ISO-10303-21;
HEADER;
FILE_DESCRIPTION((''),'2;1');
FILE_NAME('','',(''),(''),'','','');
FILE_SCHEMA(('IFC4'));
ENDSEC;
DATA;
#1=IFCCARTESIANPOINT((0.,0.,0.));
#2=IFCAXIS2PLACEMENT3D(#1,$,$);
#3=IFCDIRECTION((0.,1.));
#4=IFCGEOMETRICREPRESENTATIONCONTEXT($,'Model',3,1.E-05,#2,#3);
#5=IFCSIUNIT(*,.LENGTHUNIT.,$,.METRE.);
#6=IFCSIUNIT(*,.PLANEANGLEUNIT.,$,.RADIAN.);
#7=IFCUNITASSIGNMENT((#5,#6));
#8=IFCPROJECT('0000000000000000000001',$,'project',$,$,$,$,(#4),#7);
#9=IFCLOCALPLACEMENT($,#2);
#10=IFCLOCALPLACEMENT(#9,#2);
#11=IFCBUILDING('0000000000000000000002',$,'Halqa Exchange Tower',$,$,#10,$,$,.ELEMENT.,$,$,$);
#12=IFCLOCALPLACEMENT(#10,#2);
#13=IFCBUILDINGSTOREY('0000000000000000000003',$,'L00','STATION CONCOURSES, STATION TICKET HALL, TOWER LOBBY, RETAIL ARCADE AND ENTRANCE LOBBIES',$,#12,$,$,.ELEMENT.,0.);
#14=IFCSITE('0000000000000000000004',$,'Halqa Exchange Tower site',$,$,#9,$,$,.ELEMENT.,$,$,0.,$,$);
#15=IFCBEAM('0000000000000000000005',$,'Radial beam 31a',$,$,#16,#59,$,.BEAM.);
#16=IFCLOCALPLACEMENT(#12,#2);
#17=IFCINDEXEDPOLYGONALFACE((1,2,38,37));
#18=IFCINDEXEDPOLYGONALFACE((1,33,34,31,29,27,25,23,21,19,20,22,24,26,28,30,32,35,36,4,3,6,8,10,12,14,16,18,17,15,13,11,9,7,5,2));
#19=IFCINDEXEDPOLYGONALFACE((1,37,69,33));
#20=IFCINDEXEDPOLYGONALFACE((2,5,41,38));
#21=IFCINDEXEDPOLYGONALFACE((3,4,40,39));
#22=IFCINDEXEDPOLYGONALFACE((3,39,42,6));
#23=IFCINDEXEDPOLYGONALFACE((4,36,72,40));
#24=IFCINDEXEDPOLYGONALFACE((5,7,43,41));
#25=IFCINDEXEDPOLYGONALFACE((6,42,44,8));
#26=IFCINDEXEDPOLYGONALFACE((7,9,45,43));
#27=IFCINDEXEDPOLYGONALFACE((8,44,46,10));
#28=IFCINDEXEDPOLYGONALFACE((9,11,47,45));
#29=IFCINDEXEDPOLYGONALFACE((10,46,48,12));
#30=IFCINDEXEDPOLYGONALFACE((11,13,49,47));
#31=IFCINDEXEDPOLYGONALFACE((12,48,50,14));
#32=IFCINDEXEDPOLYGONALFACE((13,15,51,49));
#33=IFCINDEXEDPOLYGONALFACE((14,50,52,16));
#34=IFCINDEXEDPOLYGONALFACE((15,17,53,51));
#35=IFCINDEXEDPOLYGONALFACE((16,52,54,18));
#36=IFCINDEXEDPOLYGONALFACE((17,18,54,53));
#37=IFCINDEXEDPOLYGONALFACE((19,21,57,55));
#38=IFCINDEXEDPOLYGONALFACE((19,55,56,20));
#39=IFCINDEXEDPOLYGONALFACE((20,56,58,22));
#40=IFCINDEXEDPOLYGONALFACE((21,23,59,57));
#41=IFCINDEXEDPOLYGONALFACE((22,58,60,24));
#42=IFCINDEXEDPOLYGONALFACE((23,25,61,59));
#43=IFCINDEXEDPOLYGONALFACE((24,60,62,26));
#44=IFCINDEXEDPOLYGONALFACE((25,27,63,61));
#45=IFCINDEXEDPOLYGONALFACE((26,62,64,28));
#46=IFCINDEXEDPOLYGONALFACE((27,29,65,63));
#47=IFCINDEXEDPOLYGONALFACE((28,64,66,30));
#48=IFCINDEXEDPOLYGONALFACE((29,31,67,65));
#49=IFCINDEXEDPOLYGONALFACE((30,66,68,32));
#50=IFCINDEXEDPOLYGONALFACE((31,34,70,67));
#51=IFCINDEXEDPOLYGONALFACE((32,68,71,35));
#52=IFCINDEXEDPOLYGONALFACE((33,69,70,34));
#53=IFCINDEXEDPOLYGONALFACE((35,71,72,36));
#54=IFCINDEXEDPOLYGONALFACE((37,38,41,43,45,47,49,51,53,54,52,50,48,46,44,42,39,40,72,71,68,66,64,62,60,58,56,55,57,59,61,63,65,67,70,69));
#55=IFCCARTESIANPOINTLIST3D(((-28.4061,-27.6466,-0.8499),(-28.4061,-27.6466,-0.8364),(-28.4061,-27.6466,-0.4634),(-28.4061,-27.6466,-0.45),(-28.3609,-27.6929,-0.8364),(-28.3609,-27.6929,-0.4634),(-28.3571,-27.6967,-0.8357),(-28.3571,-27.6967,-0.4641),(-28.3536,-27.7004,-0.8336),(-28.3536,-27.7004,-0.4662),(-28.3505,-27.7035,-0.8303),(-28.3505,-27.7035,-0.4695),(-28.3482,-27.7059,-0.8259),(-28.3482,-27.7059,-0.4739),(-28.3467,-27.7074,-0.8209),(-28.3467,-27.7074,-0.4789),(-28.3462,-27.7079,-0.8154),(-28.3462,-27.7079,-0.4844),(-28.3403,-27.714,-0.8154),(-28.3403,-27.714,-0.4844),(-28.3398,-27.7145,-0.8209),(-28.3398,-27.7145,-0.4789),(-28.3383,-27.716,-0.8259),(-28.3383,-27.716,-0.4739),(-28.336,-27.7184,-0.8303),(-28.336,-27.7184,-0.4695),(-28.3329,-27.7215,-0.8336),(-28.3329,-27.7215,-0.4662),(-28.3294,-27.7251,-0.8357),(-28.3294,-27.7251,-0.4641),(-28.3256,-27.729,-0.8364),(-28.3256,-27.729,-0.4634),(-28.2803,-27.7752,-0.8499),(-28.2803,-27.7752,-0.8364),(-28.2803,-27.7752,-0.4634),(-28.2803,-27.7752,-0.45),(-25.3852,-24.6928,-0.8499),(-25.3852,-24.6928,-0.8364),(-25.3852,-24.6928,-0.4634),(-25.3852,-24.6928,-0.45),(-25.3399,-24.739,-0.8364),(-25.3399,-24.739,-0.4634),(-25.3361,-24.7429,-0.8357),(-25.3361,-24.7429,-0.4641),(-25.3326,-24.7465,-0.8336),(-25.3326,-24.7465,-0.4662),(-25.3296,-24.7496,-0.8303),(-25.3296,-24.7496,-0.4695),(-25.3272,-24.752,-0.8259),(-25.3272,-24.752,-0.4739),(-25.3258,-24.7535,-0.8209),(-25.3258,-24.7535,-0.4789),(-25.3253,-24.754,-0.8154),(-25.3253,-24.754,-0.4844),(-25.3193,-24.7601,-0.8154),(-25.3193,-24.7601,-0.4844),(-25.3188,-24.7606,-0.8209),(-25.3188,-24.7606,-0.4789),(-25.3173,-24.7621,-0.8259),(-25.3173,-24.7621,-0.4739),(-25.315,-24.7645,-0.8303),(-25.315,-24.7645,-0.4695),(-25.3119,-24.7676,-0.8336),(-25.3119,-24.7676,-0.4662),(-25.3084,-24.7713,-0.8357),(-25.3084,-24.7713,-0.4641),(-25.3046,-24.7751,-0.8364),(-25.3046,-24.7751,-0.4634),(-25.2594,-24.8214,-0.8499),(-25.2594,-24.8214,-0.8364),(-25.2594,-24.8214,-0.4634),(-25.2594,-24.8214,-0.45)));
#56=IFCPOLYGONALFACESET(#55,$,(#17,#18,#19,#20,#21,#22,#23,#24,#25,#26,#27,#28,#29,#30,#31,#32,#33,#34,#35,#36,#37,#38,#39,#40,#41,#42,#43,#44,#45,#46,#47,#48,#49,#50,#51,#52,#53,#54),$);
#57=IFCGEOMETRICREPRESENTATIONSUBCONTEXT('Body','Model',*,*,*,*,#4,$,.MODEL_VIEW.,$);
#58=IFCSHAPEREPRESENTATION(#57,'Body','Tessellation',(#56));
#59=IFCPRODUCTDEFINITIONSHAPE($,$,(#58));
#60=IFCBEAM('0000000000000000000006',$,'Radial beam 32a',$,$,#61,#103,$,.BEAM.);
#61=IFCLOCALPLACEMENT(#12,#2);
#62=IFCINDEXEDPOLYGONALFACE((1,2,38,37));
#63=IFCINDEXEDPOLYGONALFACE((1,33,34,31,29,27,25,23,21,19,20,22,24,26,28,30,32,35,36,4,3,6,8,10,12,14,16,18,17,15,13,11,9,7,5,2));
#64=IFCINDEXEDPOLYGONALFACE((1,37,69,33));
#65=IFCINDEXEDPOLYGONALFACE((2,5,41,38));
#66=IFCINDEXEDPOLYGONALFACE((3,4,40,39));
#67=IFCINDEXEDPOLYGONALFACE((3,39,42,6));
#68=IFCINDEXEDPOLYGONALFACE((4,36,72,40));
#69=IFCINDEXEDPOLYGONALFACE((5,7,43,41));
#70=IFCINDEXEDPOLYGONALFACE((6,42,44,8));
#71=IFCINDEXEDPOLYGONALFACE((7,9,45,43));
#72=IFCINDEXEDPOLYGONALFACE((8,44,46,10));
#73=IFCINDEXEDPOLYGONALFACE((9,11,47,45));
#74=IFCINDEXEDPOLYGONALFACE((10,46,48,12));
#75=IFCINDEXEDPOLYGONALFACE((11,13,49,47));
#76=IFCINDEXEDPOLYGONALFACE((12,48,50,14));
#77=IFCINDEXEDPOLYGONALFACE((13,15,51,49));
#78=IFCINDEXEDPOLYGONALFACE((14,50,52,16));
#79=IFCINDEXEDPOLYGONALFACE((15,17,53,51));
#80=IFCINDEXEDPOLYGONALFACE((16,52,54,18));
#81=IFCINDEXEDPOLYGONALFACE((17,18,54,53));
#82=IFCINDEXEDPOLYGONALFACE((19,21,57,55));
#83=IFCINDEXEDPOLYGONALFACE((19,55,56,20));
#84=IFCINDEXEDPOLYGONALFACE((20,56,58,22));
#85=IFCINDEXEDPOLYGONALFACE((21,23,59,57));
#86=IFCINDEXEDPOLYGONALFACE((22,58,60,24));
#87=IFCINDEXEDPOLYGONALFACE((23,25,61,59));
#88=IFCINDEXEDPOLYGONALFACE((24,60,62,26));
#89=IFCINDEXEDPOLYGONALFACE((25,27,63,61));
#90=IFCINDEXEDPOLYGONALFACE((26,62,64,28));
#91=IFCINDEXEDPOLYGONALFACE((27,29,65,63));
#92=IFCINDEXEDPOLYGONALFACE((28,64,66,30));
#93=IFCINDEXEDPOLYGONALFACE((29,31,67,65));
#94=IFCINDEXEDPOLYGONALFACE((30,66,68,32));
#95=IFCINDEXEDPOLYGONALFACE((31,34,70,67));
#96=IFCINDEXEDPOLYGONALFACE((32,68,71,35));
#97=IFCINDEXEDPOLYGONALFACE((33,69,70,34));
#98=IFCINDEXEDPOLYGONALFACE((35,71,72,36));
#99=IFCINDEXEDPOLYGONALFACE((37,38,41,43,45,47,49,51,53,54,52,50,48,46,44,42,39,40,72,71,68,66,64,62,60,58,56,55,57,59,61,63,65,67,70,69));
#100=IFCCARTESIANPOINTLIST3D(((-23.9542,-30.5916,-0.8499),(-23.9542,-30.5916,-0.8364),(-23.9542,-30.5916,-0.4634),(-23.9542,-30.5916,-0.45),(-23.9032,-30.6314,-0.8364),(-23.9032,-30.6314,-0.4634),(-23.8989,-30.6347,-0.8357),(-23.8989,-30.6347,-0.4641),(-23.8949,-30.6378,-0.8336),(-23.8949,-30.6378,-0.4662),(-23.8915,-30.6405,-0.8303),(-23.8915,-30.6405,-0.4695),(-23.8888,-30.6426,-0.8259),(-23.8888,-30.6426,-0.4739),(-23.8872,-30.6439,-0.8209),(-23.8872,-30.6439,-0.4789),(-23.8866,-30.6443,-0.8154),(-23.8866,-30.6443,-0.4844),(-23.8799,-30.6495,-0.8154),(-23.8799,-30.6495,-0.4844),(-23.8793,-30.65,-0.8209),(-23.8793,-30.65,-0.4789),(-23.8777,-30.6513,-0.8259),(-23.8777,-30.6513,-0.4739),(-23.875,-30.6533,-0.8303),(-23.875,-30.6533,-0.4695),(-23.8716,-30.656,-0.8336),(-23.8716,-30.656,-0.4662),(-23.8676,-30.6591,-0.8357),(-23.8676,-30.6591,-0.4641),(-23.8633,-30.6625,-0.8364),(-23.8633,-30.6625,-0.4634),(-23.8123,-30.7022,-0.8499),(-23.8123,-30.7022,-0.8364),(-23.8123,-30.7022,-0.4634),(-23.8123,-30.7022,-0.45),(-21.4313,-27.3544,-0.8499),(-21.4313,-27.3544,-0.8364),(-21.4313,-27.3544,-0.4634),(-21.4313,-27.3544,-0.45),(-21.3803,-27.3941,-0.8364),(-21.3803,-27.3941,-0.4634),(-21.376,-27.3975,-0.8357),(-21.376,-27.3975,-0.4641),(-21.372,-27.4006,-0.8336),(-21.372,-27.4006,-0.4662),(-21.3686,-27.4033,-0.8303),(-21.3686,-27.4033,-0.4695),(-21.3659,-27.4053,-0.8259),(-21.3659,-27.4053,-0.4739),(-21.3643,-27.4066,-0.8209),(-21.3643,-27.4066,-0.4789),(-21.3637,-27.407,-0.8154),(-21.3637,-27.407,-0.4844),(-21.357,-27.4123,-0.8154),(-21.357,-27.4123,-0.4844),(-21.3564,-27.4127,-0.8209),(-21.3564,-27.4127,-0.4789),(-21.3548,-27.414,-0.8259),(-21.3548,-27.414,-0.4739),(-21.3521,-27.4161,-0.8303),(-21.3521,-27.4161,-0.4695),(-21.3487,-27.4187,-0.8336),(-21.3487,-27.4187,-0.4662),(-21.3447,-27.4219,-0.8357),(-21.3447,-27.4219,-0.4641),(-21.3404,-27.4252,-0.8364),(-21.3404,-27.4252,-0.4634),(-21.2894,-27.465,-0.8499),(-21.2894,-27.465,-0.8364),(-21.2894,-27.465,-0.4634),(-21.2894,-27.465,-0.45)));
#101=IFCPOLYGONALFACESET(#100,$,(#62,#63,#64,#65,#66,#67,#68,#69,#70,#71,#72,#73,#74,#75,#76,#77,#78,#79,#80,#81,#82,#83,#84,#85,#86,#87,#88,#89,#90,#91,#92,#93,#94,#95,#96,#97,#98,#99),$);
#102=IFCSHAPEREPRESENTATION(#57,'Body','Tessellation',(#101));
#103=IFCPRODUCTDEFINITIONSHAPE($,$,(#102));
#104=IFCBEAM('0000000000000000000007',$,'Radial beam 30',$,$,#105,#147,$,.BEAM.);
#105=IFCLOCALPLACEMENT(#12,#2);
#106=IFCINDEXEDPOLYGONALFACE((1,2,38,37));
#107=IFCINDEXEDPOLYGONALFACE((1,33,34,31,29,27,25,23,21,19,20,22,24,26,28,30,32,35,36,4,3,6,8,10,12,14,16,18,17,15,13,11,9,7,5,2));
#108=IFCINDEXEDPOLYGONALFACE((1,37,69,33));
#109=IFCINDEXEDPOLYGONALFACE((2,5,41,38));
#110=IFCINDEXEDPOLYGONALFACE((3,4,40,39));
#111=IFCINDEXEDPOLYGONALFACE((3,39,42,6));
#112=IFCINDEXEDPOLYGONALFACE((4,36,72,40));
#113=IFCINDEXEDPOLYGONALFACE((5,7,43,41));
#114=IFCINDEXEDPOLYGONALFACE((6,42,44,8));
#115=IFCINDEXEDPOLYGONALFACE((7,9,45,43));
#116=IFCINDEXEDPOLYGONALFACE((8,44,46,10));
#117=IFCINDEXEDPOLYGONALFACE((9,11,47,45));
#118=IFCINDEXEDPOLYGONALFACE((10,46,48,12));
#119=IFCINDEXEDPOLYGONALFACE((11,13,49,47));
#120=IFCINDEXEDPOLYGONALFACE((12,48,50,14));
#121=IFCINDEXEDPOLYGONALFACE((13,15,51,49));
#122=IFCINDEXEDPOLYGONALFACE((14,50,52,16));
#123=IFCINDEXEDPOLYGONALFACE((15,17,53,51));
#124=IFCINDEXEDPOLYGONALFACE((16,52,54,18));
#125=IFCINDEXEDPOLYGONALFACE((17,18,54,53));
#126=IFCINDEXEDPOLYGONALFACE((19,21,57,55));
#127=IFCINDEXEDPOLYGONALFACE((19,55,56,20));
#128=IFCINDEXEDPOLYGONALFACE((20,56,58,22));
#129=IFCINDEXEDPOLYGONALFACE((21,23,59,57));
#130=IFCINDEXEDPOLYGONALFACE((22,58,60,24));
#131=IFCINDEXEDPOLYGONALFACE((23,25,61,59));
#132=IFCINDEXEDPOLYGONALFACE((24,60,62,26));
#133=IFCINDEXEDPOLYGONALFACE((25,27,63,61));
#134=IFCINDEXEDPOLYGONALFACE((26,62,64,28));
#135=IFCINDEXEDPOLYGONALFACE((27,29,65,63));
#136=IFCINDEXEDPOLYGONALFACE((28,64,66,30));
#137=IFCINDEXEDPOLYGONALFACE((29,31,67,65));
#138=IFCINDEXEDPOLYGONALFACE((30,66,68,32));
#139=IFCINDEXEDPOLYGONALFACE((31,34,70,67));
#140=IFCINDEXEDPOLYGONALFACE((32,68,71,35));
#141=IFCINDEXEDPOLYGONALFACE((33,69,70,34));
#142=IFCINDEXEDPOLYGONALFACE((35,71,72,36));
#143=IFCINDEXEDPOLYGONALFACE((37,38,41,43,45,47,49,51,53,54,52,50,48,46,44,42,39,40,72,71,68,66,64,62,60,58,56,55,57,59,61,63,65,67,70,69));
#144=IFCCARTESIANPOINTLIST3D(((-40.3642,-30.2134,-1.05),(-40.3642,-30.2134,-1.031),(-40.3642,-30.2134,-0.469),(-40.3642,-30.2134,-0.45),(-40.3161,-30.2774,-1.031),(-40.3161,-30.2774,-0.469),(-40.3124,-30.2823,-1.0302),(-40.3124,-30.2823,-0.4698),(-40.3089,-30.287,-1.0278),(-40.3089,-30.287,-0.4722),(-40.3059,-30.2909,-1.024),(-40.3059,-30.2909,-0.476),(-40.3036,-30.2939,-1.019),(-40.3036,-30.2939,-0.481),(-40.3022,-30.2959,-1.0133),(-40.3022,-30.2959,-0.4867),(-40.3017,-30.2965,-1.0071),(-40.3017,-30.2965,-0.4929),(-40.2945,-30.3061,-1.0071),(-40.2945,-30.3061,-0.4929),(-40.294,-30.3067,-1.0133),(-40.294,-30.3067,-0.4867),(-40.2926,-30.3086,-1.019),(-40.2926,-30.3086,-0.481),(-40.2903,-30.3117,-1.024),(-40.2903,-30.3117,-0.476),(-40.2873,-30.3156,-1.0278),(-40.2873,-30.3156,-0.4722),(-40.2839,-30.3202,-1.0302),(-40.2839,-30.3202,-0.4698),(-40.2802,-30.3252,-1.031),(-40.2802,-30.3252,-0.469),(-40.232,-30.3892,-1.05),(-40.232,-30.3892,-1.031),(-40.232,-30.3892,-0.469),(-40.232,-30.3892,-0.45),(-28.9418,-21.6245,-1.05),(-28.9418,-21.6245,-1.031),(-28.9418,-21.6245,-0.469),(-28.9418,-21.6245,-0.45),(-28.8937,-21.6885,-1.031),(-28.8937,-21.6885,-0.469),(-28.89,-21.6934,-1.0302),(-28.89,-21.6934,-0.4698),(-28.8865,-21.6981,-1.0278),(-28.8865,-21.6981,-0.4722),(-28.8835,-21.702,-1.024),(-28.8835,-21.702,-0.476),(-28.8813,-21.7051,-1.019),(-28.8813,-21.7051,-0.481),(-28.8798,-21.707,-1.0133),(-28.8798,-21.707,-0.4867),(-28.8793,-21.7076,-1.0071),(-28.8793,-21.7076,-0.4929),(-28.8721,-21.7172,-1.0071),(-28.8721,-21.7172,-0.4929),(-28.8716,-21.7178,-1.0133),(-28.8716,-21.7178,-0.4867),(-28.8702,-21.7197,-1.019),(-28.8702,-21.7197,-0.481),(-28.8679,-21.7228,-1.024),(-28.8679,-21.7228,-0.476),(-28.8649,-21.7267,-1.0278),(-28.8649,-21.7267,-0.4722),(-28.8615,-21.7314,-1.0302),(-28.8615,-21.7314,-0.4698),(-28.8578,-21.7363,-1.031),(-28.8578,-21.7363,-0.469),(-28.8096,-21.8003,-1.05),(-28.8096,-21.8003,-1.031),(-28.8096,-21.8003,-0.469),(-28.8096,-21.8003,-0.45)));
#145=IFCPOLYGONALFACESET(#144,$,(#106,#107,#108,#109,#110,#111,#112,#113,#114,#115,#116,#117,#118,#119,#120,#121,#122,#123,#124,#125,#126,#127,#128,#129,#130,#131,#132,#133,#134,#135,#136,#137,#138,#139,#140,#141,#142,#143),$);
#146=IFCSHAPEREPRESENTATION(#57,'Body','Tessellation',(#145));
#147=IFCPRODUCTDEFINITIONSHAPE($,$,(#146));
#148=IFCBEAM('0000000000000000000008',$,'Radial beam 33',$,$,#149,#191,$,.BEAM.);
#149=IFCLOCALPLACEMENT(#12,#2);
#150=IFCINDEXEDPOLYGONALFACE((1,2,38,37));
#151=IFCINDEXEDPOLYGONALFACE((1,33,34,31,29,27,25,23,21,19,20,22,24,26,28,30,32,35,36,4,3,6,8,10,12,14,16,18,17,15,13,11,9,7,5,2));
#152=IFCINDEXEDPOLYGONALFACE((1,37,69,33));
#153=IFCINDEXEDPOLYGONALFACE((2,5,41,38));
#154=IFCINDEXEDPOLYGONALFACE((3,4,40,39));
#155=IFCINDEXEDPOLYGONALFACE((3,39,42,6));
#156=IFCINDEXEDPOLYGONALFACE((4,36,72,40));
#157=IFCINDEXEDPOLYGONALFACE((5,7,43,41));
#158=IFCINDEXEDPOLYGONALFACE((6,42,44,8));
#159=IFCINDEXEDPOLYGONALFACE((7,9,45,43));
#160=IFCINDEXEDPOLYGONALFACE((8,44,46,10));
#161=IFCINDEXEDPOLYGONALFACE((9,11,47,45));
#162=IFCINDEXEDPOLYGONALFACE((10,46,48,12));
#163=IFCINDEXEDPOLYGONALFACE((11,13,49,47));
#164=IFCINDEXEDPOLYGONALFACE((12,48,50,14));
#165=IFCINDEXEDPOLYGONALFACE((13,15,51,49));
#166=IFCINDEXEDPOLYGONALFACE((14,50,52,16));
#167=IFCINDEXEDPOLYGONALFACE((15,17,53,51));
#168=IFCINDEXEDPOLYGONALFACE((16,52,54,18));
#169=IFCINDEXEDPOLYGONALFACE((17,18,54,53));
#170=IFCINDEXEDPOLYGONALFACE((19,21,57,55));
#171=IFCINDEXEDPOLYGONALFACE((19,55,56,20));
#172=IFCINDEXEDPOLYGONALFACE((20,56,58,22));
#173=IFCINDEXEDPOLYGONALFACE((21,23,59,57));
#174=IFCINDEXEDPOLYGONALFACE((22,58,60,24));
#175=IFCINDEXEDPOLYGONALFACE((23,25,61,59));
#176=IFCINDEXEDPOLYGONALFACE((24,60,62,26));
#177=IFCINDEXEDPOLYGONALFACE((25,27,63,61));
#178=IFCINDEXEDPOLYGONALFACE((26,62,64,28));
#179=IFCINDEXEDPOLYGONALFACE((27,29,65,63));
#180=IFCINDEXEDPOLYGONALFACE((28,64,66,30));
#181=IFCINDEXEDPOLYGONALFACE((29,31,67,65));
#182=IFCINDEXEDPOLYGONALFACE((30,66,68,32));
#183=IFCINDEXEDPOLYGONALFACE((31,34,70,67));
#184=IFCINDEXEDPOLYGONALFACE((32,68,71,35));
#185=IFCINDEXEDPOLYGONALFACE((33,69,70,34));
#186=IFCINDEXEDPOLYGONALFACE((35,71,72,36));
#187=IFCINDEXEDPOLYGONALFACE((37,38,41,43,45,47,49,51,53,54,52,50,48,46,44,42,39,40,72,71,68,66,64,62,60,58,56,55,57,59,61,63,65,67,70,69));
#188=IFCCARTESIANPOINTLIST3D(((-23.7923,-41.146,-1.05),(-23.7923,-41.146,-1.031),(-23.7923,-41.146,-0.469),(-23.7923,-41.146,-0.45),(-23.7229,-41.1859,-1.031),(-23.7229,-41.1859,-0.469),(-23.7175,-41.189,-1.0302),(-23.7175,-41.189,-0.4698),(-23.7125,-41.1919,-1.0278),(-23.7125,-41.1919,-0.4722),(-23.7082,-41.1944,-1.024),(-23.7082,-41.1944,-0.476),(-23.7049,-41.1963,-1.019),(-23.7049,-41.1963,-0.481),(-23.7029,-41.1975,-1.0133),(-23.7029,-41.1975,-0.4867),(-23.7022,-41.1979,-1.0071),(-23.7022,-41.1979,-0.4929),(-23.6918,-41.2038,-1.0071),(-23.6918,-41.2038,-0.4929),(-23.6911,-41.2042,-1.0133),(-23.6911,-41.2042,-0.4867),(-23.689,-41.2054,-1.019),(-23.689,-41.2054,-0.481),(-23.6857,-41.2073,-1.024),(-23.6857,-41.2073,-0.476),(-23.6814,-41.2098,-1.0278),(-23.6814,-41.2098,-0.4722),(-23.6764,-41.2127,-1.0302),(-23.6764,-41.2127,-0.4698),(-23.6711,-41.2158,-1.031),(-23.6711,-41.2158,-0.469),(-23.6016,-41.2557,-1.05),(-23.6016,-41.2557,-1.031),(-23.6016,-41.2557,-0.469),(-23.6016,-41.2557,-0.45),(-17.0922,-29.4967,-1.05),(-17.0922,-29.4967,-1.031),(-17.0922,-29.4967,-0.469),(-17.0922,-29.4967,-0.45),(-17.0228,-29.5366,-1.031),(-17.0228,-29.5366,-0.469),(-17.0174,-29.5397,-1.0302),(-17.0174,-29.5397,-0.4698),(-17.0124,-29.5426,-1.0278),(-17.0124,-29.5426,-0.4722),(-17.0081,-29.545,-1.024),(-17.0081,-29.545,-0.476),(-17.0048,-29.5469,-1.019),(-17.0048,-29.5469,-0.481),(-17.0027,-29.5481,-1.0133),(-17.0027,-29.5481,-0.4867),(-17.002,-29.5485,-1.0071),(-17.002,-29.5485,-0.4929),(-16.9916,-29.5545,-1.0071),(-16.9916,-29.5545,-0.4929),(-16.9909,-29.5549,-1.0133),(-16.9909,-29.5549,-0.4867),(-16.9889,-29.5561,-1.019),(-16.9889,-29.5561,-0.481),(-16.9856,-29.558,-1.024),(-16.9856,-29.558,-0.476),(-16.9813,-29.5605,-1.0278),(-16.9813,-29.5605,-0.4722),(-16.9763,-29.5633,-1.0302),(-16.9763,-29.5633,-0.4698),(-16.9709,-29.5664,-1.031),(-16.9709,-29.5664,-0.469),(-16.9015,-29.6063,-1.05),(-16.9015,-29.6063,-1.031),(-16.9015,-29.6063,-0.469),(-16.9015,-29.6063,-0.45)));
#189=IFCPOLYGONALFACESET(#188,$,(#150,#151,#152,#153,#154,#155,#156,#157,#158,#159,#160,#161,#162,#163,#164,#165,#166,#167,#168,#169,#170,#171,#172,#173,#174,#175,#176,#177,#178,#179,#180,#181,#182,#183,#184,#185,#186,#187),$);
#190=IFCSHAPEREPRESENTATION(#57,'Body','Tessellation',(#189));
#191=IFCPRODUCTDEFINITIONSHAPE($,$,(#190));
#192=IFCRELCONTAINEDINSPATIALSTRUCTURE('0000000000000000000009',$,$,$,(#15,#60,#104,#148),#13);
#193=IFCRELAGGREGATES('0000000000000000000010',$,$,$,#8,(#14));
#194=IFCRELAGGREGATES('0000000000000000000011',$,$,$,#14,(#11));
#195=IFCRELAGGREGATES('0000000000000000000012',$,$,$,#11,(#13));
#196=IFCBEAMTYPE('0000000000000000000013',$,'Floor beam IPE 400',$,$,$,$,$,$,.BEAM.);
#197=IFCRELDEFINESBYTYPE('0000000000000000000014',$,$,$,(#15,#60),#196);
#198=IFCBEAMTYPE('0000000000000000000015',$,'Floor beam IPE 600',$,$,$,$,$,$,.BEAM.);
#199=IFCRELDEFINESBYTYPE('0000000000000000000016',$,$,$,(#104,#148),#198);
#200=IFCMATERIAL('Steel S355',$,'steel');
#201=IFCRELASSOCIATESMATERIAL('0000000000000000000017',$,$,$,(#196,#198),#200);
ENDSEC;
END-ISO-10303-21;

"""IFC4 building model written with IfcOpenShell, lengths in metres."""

from ifc_helpers import new_model, si_unit, direction, frame, origin, origin_2d, place, context, subcontext, project, spatial, i_section, extrude, material, material_profile, profile_set, type_object, element, save


model = new_model("IFC4")

# Units and contexts
model_context = context("Model", 3, precision=1e-05, world=origin(), true_north=direction((0.0, 1.0)))
body_context = subcontext(model_context, "Body", "Model", "MODEL_VIEW")
ifc_project = project(units=[si_unit("LENGTHUNIT", "METRE"), si_unit("PLANEANGLEUNIT", "RADIAN")], contexts=[model_context])

# Site, building, storey
site_placement = place(None, origin())
site = spatial("IfcSite", under=ifc_project, at=site_placement, Name="Halqa Exchange Tower site", CompositionType="ELEMENT", RefElevation=0.0)
building_placement = place(site_placement, origin())
building = spatial("IfcBuilding", under=site, at=building_placement, Name="Halqa Exchange Tower", CompositionType="ELEMENT")
storey_placement = place(building_placement, origin())
storey = spatial("IfcBuildingStorey", under=building, at=storey_placement, Name="L00", Description="STATION CONCOURSES, STATION TICKET HALL, TOWER LOBBY, RETAIL ARCADE AND ENTRANCE LOBBIES", CompositionType="ELEMENT", Elevation=0.0)

# Beams
ifc_material_1 = material(Name="Steel S355", Category="steel")
ifc_material_profile_1 = material_profile(ifc_material_1, i_section(OverallWidth=0.1799, OverallDepth=0.3999, WebThickness=0.0085, FlangeThickness=0.0134, FilletRadius=0.021, at=origin_2d()), Name="IPE 400")
ifc_profile_set_1 = profile_set([ifc_material_profile_1], Name="Steel S355")
beam_type_1 = type_object("IfcBeamType", Name="Floor beam IPE 400", PredefinedType="BEAM", material=ifc_profile_set_1)
beam_1_placement = place(storey_placement, frame((-25.3223, -24.7571, -0.6499), z_axis=(-0.715007, -0.699117, 0.0), x_axis=(0.699117, -0.715007, 0.0)))
element("IfcBeam", 1, at=beam_1_placement, inside=storey, type_object=beam_type_1, Name="Radial beam 31a", PredefinedType="BEAM", context=body_context, shape_type="SweptSolid", body=[
    extrude(i_section(OverallWidth=0.1799, OverallDepth=0.3999, WebThickness=0.0085, FlangeThickness=0.0134, FilletRadius=0.021, at=origin_2d()), origin(), (0.0, 0.0, 1.0), 4.2251),
])
beam_2_placement = place(storey_placement, frame((-21.3604, -27.4097, -0.6499), z_axis=(-0.614706, -0.788756, 0.0), x_axis=(0.788756, -0.614706, 0.0)))
element("IfcBeam", 2, at=beam_2_placement, inside=storey, type_object=beam_type_1, Name="Radial beam 32a", PredefinedType="BEAM", context=body_context, shape_type="SweptSolid", body=[
    extrude(i_section(OverallWidth=0.1799, OverallDepth=0.3999, WebThickness=0.0085, FlangeThickness=0.0134, FilletRadius=0.021, at=origin_2d()), origin(), (0.0, 0.0, 1.0), 4.1042),
])
ifc_material_profile_2 = material_profile(ifc_material_1, i_section(OverallWidth=0.22, OverallDepth=0.6001, WebThickness=0.012, FlangeThickness=0.019, FilletRadius=0.0239, at=origin_2d()), Name="IPE 600")
ifc_profile_set_2 = profile_set([ifc_material_profile_2], Name="Steel S355")
beam_type_2 = type_object("IfcBeamType", Name="Floor beam IPE 600", PredefinedType="BEAM", material=ifc_profile_set_2)
beam_3_placement = place(storey_placement, frame((-28.8757, -21.7124, -0.75), z_axis=(-0.799257, -0.600989, 0.0), x_axis=(0.600989, -0.799257, 0.0)))
element("IfcBeam", 3, at=beam_3_placement, inside=storey, type_object=beam_type_2, Name="Radial beam 30", PredefinedType="BEAM", context=body_context, shape_type="SweptSolid", body=[
    extrude(i_section(OverallWidth=0.22, OverallDepth=0.6001, WebThickness=0.012, FlangeThickness=0.019, FilletRadius=0.0239, at=origin_2d()), origin(), (0.0, 0.0, 1.0), 14.2913),
])
beam_4_placement = place(storey_placement, frame((-16.9968, -29.5515, -0.75), z_axis=(-0.498571, -0.866849, 0.0), x_axis=(0.866849, -0.498571, 0.0)))
element("IfcBeam", 4, at=beam_4_placement, inside=storey, type_object=beam_type_2, Name="Radial beam 33", PredefinedType="BEAM", context=body_context, shape_type="SweptSolid", body=[
    extrude(i_section(OverallWidth=0.22, OverallDepth=0.6001, WebThickness=0.012, FlangeThickness=0.019, FilletRadius=0.0239, at=origin_2d()), origin(), (0.0, 0.0, 1.0), 13.4387),
])

save(model, "model.ifc")
